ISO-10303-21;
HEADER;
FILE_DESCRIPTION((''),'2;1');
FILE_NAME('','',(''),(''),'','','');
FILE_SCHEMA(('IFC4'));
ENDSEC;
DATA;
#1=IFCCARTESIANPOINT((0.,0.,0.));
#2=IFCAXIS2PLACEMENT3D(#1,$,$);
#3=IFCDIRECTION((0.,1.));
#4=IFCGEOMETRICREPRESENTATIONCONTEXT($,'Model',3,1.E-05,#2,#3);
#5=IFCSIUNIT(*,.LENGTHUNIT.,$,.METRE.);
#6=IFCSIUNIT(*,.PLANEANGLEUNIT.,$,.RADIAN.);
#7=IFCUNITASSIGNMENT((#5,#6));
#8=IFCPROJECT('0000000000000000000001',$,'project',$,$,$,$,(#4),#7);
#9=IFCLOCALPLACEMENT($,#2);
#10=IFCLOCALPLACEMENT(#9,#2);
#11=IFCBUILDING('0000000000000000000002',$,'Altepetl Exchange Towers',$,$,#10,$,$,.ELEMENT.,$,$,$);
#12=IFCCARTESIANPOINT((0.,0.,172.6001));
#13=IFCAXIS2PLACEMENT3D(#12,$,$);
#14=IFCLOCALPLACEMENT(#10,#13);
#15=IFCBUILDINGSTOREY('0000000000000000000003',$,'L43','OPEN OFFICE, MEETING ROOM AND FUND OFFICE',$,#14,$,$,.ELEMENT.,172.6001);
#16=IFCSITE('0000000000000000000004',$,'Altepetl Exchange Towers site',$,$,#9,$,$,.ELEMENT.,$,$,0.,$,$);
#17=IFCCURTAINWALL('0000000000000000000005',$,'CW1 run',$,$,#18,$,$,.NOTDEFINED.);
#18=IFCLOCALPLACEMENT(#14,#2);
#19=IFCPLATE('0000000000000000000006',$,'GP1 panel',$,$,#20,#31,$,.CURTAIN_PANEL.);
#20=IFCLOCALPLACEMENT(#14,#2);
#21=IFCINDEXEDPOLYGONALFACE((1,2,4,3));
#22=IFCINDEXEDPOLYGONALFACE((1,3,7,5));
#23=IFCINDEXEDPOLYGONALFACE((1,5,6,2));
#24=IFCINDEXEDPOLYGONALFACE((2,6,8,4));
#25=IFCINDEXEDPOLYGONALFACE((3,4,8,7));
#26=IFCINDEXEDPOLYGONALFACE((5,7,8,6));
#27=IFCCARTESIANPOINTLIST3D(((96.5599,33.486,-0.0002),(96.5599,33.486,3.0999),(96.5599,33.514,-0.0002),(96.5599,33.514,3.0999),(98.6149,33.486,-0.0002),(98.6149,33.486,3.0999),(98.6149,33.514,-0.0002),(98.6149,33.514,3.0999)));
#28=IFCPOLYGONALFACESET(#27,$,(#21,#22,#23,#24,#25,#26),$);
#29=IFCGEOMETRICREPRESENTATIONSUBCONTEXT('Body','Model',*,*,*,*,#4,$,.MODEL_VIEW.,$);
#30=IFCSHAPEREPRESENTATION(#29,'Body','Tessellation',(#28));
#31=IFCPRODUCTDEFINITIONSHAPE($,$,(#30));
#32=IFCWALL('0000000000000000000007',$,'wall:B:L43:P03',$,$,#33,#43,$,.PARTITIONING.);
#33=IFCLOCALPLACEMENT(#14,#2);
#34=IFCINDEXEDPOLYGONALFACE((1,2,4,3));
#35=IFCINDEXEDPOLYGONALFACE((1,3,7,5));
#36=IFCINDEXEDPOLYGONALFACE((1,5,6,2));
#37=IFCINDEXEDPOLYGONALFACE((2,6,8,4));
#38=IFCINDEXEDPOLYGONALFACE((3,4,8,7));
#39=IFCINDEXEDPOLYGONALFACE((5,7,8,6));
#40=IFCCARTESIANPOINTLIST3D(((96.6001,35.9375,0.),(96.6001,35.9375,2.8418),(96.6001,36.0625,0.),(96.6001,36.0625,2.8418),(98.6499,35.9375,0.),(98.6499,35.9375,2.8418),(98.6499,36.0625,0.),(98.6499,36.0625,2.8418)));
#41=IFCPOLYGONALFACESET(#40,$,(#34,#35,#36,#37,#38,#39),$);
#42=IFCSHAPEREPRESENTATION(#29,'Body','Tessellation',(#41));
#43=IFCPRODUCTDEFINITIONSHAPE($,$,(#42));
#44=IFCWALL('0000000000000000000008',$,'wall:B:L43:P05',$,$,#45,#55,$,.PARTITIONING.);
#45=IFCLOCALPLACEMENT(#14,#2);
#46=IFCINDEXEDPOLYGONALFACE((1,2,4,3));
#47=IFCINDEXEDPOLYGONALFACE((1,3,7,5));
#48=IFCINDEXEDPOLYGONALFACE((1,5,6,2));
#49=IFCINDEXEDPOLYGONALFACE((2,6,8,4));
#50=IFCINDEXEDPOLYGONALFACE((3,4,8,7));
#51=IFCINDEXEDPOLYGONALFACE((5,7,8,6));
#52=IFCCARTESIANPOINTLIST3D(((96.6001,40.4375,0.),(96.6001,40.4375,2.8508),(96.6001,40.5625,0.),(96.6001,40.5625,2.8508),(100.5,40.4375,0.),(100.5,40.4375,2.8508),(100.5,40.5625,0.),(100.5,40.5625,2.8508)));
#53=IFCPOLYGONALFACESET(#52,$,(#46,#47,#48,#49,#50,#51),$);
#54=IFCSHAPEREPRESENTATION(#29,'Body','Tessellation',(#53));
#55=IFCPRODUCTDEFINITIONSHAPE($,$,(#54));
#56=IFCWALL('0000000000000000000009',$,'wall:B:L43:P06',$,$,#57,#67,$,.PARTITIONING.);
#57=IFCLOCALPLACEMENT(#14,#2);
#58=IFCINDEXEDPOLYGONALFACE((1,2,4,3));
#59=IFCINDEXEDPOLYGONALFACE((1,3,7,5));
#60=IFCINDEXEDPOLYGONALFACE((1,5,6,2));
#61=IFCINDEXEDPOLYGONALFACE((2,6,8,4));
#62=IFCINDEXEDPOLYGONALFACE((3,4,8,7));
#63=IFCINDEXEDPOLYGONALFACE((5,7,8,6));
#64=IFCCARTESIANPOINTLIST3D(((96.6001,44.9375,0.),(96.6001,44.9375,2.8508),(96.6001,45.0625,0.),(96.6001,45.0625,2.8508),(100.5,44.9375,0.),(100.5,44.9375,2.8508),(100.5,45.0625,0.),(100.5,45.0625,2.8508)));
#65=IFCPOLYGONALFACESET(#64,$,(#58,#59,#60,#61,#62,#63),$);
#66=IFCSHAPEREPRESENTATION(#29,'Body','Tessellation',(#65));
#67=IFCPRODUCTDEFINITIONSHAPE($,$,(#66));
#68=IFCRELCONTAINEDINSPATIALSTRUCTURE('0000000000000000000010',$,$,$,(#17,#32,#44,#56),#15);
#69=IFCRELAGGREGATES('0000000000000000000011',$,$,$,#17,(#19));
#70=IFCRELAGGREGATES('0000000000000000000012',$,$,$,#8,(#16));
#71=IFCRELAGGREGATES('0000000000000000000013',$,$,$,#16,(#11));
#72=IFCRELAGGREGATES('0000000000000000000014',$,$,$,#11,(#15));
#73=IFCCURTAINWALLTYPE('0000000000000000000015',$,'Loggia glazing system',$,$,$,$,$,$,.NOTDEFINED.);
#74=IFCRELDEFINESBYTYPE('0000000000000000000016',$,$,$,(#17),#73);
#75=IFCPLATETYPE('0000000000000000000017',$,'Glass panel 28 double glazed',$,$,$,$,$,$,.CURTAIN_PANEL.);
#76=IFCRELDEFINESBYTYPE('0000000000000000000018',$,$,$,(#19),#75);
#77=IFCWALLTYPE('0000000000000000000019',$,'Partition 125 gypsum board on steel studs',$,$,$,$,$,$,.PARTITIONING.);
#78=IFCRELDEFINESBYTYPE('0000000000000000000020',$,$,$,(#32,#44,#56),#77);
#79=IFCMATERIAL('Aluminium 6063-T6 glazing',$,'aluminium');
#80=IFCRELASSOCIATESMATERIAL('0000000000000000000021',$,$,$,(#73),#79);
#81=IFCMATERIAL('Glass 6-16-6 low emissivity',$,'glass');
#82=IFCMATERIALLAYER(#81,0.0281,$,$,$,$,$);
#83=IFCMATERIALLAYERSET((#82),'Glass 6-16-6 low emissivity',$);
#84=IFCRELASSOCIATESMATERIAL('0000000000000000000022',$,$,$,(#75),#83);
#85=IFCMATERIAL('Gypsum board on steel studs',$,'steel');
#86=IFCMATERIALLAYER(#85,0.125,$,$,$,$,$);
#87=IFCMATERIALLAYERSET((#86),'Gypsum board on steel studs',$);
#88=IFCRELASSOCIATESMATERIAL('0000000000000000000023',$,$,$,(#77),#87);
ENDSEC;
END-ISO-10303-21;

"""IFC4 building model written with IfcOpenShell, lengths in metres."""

from ifc_helpers import new_model, si_unit, direction, frame, frame_2d, origin, origin_2d, place, context, subcontext, project, spatial, rectangle, extrude, material, layer, layer_set, type_object, element, aggregate, save


model = new_model("IFC4")

# Units and contexts
model_context = context("Model", 3, precision=1e-05, world=origin(), true_north=direction((0.0, 1.0)))
body_context = subcontext(model_context, "Body", "Model", "MODEL_VIEW")
ifc_project = project(units=[si_unit("LENGTHUNIT", "METRE"), si_unit("PLANEANGLEUNIT", "RADIAN")], contexts=[model_context])

# Site, building, storey
site_placement = place(None, origin())
site = spatial("IfcSite", under=ifc_project, at=site_placement, Name="Altepetl Exchange Towers site", CompositionType="ELEMENT", RefElevation=0.0)
building_placement = place(site_placement, origin())
building = spatial("IfcBuilding", under=site, at=building_placement, Name="Altepetl Exchange Towers", CompositionType="ELEMENT")
storey_placement = place(building_placement, frame((0.0, 0.0, 172.6001)))
storey = spatial("IfcBuildingStorey", under=building, at=storey_placement, Name="L43", Description="OPEN OFFICE, MEETING ROOM AND FUND OFFICE", CompositionType="ELEMENT", Elevation=172.6001)

# Curtain wall
ifc_material_1 = material(Name="Aluminium 6063-T6 glazing", Category="aluminium")
curtain_wall_type = type_object("IfcCurtainWallType", Name="Loggia glazing system", PredefinedType="NOTDEFINED", material=ifc_material_1)
curtain_wall_1_placement = place(storey_placement, origin())
curtain_wall_1 = element("IfcCurtainWall", 1, at=curtain_wall_1_placement, inside=storey, type_object=curtain_wall_type, Name="CW1 run", PredefinedType="NOTDEFINED")

# Plate
ifc_material_2 = material(Name="Glass 6-16-6 low emissivity", Category="glass")
ifc_layer_1 = layer(ifc_material_2, 0.0281)
ifc_layer_set_1 = layer_set([ifc_layer_1], Name="Glass 6-16-6 low emissivity")
plate_type = type_object("IfcPlateType", Name="Glass panel 28 double glazed", PredefinedType="CURTAIN_PANEL", material=ifc_layer_set_1)
plate_1_placement = place(storey_placement, frame((97.5874, 33.5, -0.0002)))
plate_1 = element("IfcPlate", 2, at=plate_1_placement, type_object=plate_type, Name="GP1 panel", PredefinedType="CURTAIN_PANEL", context=body_context, shape_type="SweptSolid", body=[
    extrude(rectangle(XDim=2.0549, YDim=0.0281, at=origin_2d()), origin(), (0.0, 0.0, 1.0), 3.1001),
])
aggregate(curtain_wall_1, [plate_1])

# Walls
ifc_material_3 = material(Name="Gypsum board on steel studs", Category="steel")
ifc_layer_2 = layer(ifc_material_3, 0.125)
ifc_layer_set_2 = layer_set([ifc_layer_2], Name="Gypsum board on steel studs")
wall_type = type_object("IfcWallType", Name="Partition 125 gypsum board on steel studs", PredefinedType="PARTITIONING", material=ifc_layer_set_2)
wall_placement = place(storey_placement, frame((96.6001, 36.0, 0.0)))
element("IfcWall", 3, at=wall_placement, inside=storey, type_object=wall_type, Name="wall:B:L43:P03", PredefinedType="PARTITIONING", context=body_context, shape_type="SweptSolid", body=[
    extrude(rectangle(XDim=2.0498, YDim=0.125, at=frame_2d((1.0249, 0.0))), origin(), (0.0, 0.0, 1.0), 2.8418),
])
for number, where, name in (
    (4, (96.6001, 40.5, 0.0), "wall:B:L43:P05"),
    (5, (96.6001, 45.0, 0.0), "wall:B:L43:P06"),
):
    element("IfcWall", number, at=place(storey_placement, frame(where)), inside=storey, type_object=wall_type, Name=name, PredefinedType="PARTITIONING", context=body_context, shape_type="SweptSolid", body=[
        extrude(rectangle(XDim=3.8999, YDim=0.125, at=frame_2d((1.95, 0.0))), origin(), (0.0, 0.0, 1.0), 2.8508),
    ])

save(model, "model.ifc")
